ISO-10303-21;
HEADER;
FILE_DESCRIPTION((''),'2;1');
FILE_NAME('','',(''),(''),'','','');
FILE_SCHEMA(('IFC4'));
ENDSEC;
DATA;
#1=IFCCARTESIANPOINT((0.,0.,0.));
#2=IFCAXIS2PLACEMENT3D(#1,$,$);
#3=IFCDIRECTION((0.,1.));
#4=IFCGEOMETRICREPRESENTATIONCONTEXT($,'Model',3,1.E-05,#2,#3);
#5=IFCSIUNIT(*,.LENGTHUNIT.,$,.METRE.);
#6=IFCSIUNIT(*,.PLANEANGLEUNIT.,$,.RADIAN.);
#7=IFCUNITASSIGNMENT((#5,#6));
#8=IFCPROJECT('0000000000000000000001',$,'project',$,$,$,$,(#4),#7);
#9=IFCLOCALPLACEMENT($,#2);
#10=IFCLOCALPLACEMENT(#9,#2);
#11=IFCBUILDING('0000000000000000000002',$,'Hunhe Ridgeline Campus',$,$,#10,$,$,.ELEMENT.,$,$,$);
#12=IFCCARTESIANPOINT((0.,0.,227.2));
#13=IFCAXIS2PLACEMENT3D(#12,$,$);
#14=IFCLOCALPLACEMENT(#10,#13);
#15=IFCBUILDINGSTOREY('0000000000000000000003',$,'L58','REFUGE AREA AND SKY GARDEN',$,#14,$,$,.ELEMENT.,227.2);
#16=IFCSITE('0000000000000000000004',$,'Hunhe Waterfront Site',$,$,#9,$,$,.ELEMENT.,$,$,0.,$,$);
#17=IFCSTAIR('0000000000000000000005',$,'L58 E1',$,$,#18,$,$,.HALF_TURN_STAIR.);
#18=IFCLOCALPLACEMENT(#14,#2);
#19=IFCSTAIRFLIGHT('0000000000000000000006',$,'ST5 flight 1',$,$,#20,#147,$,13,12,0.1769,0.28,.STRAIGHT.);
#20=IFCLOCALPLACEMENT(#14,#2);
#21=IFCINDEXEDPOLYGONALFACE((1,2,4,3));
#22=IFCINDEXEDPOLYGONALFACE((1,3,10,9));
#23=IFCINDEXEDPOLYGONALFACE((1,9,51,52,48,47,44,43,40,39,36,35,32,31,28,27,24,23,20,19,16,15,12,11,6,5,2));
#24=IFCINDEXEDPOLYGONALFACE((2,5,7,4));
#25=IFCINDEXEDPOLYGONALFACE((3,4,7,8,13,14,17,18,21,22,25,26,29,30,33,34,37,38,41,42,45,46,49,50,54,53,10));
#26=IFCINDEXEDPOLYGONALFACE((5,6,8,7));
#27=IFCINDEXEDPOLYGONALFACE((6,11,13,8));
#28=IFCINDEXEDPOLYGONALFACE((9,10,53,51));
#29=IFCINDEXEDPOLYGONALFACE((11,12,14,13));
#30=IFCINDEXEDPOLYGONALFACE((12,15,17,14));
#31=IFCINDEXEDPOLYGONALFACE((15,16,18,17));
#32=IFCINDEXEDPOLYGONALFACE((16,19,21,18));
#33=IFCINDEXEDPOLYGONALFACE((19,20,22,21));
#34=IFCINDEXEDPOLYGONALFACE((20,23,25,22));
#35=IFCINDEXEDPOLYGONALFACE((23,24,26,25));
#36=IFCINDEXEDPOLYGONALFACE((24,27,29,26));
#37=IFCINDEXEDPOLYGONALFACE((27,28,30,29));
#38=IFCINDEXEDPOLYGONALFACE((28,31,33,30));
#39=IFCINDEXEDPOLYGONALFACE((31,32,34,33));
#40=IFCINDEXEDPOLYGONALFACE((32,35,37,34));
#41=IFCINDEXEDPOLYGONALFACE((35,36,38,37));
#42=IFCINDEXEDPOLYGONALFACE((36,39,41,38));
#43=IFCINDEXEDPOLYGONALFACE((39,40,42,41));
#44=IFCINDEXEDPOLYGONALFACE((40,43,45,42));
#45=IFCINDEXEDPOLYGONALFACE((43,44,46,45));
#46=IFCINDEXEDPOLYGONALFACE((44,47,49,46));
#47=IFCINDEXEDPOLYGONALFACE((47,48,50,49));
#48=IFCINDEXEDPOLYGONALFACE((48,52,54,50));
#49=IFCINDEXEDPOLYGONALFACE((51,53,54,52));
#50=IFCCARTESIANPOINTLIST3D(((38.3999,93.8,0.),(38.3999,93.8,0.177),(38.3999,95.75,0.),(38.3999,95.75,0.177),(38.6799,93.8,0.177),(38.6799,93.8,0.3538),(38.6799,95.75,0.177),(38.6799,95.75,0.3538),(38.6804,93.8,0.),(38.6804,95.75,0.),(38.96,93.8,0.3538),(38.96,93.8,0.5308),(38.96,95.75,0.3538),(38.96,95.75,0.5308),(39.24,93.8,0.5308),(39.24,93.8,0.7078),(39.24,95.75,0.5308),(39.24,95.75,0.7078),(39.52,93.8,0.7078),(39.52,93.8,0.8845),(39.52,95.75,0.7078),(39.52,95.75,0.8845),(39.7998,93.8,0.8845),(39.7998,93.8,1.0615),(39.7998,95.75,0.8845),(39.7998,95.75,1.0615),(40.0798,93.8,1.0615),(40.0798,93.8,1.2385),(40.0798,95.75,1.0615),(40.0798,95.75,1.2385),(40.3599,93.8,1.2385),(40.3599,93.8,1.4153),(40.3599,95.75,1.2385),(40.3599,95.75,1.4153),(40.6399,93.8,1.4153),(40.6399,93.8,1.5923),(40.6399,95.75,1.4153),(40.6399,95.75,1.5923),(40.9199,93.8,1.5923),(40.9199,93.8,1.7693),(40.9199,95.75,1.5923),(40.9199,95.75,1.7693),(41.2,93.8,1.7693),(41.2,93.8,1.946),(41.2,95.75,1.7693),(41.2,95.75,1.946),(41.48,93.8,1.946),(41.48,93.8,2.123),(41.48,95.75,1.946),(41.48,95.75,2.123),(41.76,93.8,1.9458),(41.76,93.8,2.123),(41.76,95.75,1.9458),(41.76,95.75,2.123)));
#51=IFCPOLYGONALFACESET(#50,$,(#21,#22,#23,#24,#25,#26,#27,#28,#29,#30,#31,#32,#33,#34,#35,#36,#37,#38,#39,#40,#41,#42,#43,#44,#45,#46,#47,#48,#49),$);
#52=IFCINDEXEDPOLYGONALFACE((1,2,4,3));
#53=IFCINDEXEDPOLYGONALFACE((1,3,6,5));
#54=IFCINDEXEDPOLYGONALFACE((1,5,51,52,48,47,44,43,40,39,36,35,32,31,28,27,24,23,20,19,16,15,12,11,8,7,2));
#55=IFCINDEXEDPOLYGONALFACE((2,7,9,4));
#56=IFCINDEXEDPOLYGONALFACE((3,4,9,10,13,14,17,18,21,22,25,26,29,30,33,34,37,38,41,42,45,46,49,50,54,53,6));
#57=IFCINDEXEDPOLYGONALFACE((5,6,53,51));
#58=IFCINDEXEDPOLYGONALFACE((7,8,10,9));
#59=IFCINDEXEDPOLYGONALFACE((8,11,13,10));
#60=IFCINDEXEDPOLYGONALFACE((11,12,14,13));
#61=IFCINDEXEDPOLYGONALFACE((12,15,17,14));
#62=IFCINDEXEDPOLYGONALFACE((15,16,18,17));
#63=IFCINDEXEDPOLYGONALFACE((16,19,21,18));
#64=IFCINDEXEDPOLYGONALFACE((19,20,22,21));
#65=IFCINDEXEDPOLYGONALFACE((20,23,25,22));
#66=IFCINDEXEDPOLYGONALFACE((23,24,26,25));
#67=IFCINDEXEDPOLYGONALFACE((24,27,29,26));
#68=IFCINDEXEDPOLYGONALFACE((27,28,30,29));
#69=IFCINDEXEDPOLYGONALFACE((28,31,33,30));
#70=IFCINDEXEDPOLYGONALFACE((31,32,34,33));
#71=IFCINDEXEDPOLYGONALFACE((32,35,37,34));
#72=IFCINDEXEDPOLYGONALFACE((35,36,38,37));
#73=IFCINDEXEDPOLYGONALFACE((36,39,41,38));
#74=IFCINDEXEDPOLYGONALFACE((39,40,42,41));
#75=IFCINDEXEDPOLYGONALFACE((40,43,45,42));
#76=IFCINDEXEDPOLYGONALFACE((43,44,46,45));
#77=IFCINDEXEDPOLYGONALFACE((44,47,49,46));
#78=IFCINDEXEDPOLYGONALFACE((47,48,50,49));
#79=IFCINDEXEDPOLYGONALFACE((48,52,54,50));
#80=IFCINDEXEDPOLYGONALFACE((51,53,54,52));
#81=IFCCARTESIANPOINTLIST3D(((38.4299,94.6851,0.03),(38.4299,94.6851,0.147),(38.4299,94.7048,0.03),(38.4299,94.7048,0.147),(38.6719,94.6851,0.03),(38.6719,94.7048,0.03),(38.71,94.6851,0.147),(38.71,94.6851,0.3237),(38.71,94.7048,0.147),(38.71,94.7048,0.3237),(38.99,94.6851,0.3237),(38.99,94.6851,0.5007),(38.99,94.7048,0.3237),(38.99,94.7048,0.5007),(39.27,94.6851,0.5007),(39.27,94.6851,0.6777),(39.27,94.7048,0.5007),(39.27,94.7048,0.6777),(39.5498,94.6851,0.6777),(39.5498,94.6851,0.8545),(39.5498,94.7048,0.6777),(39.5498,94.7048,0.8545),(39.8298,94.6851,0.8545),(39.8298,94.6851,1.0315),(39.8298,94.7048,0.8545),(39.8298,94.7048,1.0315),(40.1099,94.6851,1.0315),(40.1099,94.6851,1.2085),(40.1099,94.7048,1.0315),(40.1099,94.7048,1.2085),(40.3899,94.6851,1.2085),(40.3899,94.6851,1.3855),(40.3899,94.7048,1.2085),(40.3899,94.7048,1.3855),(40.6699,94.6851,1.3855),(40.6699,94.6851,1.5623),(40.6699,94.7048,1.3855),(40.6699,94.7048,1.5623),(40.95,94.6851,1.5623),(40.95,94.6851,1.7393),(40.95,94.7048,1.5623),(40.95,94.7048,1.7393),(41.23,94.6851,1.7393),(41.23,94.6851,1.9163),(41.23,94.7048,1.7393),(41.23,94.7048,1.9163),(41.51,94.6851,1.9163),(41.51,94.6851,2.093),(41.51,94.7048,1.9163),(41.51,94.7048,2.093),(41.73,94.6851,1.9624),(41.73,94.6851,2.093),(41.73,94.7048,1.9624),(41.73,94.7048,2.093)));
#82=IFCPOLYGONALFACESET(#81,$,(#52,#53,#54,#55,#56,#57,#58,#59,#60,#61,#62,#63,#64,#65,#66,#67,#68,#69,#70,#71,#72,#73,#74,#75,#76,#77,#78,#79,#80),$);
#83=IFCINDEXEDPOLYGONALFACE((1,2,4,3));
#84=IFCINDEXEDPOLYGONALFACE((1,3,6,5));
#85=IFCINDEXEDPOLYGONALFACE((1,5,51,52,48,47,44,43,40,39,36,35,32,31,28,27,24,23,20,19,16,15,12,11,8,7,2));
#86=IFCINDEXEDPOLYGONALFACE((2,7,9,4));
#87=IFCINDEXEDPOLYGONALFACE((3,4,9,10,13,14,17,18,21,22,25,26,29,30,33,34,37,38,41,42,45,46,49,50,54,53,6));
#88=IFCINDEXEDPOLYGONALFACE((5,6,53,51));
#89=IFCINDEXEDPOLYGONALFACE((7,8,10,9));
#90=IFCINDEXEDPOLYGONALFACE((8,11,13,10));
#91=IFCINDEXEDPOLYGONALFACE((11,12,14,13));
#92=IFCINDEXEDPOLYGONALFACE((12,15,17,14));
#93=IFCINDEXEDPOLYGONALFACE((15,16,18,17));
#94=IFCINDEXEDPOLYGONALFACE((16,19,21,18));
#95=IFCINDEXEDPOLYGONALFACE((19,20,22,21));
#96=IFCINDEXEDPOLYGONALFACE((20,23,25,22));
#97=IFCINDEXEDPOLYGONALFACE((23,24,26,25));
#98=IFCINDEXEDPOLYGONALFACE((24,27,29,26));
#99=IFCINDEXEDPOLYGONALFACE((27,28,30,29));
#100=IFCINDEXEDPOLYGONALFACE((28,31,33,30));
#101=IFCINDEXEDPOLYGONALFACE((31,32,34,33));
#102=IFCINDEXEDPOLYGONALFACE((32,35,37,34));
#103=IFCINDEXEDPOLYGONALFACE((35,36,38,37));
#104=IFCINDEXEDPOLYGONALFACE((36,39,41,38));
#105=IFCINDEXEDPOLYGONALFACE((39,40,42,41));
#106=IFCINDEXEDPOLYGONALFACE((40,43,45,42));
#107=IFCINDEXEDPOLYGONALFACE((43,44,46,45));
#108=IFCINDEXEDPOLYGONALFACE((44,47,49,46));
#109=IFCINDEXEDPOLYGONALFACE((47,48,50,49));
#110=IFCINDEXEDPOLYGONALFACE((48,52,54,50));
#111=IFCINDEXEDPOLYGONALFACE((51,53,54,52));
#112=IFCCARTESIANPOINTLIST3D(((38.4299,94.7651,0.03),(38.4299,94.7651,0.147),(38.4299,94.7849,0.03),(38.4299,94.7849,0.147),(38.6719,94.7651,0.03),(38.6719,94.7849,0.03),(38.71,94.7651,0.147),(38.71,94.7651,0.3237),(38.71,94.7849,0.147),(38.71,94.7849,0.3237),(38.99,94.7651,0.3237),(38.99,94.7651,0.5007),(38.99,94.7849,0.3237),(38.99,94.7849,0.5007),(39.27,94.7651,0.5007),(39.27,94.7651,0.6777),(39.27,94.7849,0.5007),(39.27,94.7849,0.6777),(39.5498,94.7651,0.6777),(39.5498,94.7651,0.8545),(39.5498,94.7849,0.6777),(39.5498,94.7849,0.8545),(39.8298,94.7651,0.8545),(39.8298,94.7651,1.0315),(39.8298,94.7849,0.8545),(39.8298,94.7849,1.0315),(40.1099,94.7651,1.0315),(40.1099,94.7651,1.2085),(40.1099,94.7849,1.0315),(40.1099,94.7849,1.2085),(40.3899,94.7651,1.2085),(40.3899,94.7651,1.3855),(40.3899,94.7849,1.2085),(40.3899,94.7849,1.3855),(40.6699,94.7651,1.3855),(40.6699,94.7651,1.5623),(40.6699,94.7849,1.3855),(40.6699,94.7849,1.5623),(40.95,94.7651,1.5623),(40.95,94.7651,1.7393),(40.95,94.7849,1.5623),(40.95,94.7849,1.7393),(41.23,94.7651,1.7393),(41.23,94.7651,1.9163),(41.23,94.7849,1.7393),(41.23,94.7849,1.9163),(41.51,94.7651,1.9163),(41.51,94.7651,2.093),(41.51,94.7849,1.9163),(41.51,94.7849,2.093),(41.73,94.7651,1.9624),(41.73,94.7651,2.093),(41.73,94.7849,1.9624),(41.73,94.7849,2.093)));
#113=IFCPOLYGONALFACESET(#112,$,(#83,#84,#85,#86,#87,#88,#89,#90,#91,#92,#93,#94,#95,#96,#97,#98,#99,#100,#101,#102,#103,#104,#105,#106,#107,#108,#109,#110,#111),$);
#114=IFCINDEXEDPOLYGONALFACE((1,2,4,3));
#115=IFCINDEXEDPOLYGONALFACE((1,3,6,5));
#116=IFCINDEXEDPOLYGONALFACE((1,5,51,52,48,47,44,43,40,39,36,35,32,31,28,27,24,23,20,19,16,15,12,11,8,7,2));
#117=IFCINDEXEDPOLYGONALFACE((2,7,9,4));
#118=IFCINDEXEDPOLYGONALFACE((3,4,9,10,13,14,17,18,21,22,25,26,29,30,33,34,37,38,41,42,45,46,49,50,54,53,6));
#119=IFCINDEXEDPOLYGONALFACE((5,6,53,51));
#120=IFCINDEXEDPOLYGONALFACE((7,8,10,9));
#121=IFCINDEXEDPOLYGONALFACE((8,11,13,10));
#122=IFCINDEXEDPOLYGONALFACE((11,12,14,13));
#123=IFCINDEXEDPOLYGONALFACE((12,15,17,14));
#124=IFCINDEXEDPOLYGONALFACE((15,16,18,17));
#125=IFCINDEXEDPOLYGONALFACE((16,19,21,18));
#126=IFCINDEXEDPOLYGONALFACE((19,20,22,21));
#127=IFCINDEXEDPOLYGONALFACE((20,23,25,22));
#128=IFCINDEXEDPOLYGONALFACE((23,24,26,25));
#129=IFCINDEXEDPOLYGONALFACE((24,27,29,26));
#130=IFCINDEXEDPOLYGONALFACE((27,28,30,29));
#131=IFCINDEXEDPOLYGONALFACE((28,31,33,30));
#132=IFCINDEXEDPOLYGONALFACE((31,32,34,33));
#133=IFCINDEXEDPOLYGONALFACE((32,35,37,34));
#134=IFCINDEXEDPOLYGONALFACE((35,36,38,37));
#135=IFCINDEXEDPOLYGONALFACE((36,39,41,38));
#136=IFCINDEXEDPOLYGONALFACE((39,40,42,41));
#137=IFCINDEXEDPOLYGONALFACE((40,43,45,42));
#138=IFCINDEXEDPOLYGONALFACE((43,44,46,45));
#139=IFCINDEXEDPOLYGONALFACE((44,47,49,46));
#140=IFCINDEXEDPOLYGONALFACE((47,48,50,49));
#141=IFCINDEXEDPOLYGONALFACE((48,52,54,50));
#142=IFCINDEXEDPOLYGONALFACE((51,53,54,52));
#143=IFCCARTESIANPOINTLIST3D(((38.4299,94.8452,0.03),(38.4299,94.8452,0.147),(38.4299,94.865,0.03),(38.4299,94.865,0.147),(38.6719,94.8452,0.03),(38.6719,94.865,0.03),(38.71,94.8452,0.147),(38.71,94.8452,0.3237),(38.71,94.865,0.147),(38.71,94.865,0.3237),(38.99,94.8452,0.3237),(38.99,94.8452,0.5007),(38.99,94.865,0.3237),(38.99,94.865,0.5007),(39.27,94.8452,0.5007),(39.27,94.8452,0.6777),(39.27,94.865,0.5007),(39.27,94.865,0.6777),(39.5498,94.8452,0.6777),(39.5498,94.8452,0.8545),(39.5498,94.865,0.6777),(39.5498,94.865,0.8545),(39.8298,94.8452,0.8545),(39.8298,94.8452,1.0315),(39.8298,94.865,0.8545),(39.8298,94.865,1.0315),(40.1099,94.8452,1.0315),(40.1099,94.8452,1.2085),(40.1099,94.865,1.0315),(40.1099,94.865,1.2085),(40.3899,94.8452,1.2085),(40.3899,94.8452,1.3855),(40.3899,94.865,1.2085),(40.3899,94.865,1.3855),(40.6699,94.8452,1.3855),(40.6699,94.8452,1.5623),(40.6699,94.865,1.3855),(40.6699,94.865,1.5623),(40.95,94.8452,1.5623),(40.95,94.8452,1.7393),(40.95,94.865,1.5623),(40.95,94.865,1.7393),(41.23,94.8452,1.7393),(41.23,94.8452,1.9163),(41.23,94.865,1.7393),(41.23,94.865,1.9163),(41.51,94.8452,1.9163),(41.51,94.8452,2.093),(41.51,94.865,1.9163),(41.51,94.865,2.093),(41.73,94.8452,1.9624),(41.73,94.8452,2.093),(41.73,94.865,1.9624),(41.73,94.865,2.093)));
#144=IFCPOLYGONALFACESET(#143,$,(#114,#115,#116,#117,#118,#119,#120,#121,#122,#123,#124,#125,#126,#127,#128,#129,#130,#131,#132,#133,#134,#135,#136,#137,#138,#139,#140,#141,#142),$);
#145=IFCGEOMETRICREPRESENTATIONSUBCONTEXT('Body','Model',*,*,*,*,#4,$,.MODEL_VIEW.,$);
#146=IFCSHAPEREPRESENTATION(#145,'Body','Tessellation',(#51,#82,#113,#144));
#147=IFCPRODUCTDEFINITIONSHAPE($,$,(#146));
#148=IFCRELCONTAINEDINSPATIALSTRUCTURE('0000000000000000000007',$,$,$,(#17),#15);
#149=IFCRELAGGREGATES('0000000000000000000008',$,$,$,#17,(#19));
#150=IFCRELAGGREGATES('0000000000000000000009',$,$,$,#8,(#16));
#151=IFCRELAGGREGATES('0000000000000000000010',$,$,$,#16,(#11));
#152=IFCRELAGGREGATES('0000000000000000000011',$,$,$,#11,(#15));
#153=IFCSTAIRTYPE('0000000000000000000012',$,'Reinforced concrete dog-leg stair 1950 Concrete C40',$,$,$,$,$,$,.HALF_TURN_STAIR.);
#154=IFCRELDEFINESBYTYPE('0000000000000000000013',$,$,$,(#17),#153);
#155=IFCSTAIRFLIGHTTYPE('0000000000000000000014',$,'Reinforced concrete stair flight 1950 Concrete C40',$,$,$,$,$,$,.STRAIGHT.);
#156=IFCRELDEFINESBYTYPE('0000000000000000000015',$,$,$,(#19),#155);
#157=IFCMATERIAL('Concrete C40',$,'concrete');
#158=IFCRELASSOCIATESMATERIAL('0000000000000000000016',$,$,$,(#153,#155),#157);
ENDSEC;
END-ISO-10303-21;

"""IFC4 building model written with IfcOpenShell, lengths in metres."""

from ifc_helpers import new_model, si_unit, direction, frame, origin, place, context, subcontext, project, spatial, polyline, outline, extrude, material, type_object, element, aggregate, save


model = new_model("IFC4")

# Units and contexts
model_context = context("Model", 3, precision=1e-05, world=origin(), true_north=direction((0.0, 1.0)))
body_context = subcontext(model_context, "Body", "Model", "MODEL_VIEW")
ifc_project = project(units=[si_unit("LENGTHUNIT", "METRE"), si_unit("PLANEANGLEUNIT", "RADIAN")], contexts=[model_context])

# Site, building, storey
site_placement = place(None, origin())
site = spatial("IfcSite", under=ifc_project, at=site_placement, Name="Hunhe Waterfront Site", CompositionType="ELEMENT", RefElevation=0.0)
building_placement = place(site_placement, origin())
building = spatial("IfcBuilding", under=site, at=building_placement, Name="Hunhe Ridgeline Campus", CompositionType="ELEMENT")
storey_placement = place(building_placement, frame((0.0, 0.0, 227.2)))
storey = spatial("IfcBuildingStorey", under=building, at=storey_placement, Name="L58", Description="REFUGE AREA AND SKY GARDEN", CompositionType="ELEMENT", Elevation=227.2)

# Shared definitions
ifc_material_1 = material(Name="Concrete C40", Category="concrete")
stair_type = type_object("IfcStairType", Name="Reinforced concrete dog-leg stair 1950 Concrete C40", PredefinedType="HALF_TURN_STAIR", material=ifc_material_1)
stair_flight_type = type_object("IfcStairFlightType", Name="Reinforced concrete stair flight 1950 Concrete C40", PredefinedType="STRAIGHT", material=ifc_material_1)

# Stair, stair flight
stair_1_placement = place(storey_placement, origin())
stair_1 = element("IfcStair", 1, at=stair_1_placement, inside=storey, type_object=stair_type, Name="L58 E1", PredefinedType="HALF_TURN_STAIR")
stair_flight_1_placement = place(storey_placement, frame((38.3999, 94.7749, 0.0), z_axis=(0.0, 0.0, 1.0), x_axis=(1.0, 0.0, 0.0)))
stair_flight_1 = element("IfcStairFlight", 2, at=stair_flight_1_placement, type_object=stair_flight_type, Name="ST5 flight 1", NumberOfRisers=13, NumberOfTreads=12, PredefinedType="STRAIGHT", RiserHeight=0.1769, TreadLength=0.28, context=body_context, shape_type="SweptSolid", body=[
    extrude(outline(polyline([(0.0, 0.0), (0.0, 0.177), (0.28, 0.177), (0.28, 0.3538), (0.5601, 0.3538), (0.5601, 0.5308), (0.8401, 0.5308), (0.8401, 0.7078), (1.1201, 0.7078), (1.1201, 0.8845), (1.3999, 0.8845), (1.3999, 1.0615), (1.6799, 1.0615), (1.6799, 1.2385), (1.96, 1.2385), (1.96, 1.4153), (2.24, 1.4153), (2.24, 1.5923), (2.52, 1.5923), (2.52, 1.7693), (2.8, 1.7693), (2.8, 1.946), (3.0801, 1.946), (3.0801, 2.123), (3.3601, 2.123), (3.3601, 2.3), (3.3601, 1.9458), (0.2805, 0.0), (0.0, 0.0)])), frame((0.0, 0.9751, 0.0), z_axis=(0.0, -1.0, 0.0), x_axis=(1.0, 0.0, 0.0)), (0.0, 0.0, 1.0), 1.95),
    extrude(outline(polyline([(0.03, 0.03), (0.03, 0.147), (0.3101, 0.147), (0.3101, 0.3237), (0.5901, 0.3237), (0.5901, 0.5007), (0.8701, 0.5007), (0.8701, 0.6777), (1.1499, 0.6777), (1.1499, 0.8545), (1.4299, 0.8545), (1.4299, 1.0315), (1.71, 1.0315), (1.71, 1.2085), (1.99, 1.2085), (1.99, 1.3855), (2.27, 1.3855), (2.27, 1.5623), (2.55, 1.5623), (2.55, 1.7393), (2.8301, 1.7393), (2.8301, 1.9163), (3.1101, 1.9163), (3.1101, 2.093), (3.3301, 2.093), (3.3301, 1.9624), (0.272, 0.03), (0.03, 0.03)])), frame((0.0, -0.0701, 0.0), z_axis=(0.0, -1.0, 0.0), x_axis=(1.0, 0.0, 0.0)), (0.0, 0.0, 1.0), 0.0198),
    extrude(outline(polyline([(0.03, 0.03), (0.03, 0.147), (0.3101, 0.147), (0.3101, 0.3237), (0.5901, 0.3237), (0.5901, 0.5007), (0.8701, 0.5007), (0.8701, 0.6777), (1.1499, 0.6777), (1.1499, 0.8545), (1.4299, 0.8545), (1.4299, 1.0315), (1.71, 1.0315), (1.71, 1.2085), (1.99, 1.2085), (1.99, 1.3855), (2.27, 1.3855), (2.27, 1.5623), (2.55, 1.5623), (2.55, 1.7393), (2.8301, 1.7393), (2.8301, 1.9163), (3.1101, 1.9163), (3.1101, 2.093), (3.3301, 2.093), (3.3301, 1.9624), (0.272, 0.03), (0.03, 0.03)])), frame((0.0, 0.01, 0.0), z_axis=(0.0, -1.0, 0.0), x_axis=(1.0, 0.0, 0.0)), (0.0, 0.0, 1.0), 0.0198),
    extrude(outline(polyline([(0.03, 0.03), (0.03, 0.147), (0.3101, 0.147), (0.3101, 0.3237), (0.5901, 0.3237), (0.5901, 0.5007), (0.8701, 0.5007), (0.8701, 0.6777), (1.1499, 0.6777), (1.1499, 0.8545), (1.4299, 0.8545), (1.4299, 1.0315), (1.71, 1.0315), (1.71, 1.2085), (1.99, 1.2085), (1.99, 1.3855), (2.27, 1.3855), (2.27, 1.5623), (2.55, 1.5623), (2.55, 1.7393), (2.8301, 1.7393), (2.8301, 1.9163), (3.1101, 1.9163), (3.1101, 2.093), (3.3301, 2.093), (3.3301, 1.9624), (0.272, 0.03), (0.03, 0.03)])), frame((0.0, 0.0901, 0.0), z_axis=(0.0, -1.0, 0.0), x_axis=(1.0, 0.0, 0.0)), (0.0, 0.0, 1.0), 0.0198),
])
aggregate(stair_1, [stair_flight_1])

save(model, "model.ifc")
